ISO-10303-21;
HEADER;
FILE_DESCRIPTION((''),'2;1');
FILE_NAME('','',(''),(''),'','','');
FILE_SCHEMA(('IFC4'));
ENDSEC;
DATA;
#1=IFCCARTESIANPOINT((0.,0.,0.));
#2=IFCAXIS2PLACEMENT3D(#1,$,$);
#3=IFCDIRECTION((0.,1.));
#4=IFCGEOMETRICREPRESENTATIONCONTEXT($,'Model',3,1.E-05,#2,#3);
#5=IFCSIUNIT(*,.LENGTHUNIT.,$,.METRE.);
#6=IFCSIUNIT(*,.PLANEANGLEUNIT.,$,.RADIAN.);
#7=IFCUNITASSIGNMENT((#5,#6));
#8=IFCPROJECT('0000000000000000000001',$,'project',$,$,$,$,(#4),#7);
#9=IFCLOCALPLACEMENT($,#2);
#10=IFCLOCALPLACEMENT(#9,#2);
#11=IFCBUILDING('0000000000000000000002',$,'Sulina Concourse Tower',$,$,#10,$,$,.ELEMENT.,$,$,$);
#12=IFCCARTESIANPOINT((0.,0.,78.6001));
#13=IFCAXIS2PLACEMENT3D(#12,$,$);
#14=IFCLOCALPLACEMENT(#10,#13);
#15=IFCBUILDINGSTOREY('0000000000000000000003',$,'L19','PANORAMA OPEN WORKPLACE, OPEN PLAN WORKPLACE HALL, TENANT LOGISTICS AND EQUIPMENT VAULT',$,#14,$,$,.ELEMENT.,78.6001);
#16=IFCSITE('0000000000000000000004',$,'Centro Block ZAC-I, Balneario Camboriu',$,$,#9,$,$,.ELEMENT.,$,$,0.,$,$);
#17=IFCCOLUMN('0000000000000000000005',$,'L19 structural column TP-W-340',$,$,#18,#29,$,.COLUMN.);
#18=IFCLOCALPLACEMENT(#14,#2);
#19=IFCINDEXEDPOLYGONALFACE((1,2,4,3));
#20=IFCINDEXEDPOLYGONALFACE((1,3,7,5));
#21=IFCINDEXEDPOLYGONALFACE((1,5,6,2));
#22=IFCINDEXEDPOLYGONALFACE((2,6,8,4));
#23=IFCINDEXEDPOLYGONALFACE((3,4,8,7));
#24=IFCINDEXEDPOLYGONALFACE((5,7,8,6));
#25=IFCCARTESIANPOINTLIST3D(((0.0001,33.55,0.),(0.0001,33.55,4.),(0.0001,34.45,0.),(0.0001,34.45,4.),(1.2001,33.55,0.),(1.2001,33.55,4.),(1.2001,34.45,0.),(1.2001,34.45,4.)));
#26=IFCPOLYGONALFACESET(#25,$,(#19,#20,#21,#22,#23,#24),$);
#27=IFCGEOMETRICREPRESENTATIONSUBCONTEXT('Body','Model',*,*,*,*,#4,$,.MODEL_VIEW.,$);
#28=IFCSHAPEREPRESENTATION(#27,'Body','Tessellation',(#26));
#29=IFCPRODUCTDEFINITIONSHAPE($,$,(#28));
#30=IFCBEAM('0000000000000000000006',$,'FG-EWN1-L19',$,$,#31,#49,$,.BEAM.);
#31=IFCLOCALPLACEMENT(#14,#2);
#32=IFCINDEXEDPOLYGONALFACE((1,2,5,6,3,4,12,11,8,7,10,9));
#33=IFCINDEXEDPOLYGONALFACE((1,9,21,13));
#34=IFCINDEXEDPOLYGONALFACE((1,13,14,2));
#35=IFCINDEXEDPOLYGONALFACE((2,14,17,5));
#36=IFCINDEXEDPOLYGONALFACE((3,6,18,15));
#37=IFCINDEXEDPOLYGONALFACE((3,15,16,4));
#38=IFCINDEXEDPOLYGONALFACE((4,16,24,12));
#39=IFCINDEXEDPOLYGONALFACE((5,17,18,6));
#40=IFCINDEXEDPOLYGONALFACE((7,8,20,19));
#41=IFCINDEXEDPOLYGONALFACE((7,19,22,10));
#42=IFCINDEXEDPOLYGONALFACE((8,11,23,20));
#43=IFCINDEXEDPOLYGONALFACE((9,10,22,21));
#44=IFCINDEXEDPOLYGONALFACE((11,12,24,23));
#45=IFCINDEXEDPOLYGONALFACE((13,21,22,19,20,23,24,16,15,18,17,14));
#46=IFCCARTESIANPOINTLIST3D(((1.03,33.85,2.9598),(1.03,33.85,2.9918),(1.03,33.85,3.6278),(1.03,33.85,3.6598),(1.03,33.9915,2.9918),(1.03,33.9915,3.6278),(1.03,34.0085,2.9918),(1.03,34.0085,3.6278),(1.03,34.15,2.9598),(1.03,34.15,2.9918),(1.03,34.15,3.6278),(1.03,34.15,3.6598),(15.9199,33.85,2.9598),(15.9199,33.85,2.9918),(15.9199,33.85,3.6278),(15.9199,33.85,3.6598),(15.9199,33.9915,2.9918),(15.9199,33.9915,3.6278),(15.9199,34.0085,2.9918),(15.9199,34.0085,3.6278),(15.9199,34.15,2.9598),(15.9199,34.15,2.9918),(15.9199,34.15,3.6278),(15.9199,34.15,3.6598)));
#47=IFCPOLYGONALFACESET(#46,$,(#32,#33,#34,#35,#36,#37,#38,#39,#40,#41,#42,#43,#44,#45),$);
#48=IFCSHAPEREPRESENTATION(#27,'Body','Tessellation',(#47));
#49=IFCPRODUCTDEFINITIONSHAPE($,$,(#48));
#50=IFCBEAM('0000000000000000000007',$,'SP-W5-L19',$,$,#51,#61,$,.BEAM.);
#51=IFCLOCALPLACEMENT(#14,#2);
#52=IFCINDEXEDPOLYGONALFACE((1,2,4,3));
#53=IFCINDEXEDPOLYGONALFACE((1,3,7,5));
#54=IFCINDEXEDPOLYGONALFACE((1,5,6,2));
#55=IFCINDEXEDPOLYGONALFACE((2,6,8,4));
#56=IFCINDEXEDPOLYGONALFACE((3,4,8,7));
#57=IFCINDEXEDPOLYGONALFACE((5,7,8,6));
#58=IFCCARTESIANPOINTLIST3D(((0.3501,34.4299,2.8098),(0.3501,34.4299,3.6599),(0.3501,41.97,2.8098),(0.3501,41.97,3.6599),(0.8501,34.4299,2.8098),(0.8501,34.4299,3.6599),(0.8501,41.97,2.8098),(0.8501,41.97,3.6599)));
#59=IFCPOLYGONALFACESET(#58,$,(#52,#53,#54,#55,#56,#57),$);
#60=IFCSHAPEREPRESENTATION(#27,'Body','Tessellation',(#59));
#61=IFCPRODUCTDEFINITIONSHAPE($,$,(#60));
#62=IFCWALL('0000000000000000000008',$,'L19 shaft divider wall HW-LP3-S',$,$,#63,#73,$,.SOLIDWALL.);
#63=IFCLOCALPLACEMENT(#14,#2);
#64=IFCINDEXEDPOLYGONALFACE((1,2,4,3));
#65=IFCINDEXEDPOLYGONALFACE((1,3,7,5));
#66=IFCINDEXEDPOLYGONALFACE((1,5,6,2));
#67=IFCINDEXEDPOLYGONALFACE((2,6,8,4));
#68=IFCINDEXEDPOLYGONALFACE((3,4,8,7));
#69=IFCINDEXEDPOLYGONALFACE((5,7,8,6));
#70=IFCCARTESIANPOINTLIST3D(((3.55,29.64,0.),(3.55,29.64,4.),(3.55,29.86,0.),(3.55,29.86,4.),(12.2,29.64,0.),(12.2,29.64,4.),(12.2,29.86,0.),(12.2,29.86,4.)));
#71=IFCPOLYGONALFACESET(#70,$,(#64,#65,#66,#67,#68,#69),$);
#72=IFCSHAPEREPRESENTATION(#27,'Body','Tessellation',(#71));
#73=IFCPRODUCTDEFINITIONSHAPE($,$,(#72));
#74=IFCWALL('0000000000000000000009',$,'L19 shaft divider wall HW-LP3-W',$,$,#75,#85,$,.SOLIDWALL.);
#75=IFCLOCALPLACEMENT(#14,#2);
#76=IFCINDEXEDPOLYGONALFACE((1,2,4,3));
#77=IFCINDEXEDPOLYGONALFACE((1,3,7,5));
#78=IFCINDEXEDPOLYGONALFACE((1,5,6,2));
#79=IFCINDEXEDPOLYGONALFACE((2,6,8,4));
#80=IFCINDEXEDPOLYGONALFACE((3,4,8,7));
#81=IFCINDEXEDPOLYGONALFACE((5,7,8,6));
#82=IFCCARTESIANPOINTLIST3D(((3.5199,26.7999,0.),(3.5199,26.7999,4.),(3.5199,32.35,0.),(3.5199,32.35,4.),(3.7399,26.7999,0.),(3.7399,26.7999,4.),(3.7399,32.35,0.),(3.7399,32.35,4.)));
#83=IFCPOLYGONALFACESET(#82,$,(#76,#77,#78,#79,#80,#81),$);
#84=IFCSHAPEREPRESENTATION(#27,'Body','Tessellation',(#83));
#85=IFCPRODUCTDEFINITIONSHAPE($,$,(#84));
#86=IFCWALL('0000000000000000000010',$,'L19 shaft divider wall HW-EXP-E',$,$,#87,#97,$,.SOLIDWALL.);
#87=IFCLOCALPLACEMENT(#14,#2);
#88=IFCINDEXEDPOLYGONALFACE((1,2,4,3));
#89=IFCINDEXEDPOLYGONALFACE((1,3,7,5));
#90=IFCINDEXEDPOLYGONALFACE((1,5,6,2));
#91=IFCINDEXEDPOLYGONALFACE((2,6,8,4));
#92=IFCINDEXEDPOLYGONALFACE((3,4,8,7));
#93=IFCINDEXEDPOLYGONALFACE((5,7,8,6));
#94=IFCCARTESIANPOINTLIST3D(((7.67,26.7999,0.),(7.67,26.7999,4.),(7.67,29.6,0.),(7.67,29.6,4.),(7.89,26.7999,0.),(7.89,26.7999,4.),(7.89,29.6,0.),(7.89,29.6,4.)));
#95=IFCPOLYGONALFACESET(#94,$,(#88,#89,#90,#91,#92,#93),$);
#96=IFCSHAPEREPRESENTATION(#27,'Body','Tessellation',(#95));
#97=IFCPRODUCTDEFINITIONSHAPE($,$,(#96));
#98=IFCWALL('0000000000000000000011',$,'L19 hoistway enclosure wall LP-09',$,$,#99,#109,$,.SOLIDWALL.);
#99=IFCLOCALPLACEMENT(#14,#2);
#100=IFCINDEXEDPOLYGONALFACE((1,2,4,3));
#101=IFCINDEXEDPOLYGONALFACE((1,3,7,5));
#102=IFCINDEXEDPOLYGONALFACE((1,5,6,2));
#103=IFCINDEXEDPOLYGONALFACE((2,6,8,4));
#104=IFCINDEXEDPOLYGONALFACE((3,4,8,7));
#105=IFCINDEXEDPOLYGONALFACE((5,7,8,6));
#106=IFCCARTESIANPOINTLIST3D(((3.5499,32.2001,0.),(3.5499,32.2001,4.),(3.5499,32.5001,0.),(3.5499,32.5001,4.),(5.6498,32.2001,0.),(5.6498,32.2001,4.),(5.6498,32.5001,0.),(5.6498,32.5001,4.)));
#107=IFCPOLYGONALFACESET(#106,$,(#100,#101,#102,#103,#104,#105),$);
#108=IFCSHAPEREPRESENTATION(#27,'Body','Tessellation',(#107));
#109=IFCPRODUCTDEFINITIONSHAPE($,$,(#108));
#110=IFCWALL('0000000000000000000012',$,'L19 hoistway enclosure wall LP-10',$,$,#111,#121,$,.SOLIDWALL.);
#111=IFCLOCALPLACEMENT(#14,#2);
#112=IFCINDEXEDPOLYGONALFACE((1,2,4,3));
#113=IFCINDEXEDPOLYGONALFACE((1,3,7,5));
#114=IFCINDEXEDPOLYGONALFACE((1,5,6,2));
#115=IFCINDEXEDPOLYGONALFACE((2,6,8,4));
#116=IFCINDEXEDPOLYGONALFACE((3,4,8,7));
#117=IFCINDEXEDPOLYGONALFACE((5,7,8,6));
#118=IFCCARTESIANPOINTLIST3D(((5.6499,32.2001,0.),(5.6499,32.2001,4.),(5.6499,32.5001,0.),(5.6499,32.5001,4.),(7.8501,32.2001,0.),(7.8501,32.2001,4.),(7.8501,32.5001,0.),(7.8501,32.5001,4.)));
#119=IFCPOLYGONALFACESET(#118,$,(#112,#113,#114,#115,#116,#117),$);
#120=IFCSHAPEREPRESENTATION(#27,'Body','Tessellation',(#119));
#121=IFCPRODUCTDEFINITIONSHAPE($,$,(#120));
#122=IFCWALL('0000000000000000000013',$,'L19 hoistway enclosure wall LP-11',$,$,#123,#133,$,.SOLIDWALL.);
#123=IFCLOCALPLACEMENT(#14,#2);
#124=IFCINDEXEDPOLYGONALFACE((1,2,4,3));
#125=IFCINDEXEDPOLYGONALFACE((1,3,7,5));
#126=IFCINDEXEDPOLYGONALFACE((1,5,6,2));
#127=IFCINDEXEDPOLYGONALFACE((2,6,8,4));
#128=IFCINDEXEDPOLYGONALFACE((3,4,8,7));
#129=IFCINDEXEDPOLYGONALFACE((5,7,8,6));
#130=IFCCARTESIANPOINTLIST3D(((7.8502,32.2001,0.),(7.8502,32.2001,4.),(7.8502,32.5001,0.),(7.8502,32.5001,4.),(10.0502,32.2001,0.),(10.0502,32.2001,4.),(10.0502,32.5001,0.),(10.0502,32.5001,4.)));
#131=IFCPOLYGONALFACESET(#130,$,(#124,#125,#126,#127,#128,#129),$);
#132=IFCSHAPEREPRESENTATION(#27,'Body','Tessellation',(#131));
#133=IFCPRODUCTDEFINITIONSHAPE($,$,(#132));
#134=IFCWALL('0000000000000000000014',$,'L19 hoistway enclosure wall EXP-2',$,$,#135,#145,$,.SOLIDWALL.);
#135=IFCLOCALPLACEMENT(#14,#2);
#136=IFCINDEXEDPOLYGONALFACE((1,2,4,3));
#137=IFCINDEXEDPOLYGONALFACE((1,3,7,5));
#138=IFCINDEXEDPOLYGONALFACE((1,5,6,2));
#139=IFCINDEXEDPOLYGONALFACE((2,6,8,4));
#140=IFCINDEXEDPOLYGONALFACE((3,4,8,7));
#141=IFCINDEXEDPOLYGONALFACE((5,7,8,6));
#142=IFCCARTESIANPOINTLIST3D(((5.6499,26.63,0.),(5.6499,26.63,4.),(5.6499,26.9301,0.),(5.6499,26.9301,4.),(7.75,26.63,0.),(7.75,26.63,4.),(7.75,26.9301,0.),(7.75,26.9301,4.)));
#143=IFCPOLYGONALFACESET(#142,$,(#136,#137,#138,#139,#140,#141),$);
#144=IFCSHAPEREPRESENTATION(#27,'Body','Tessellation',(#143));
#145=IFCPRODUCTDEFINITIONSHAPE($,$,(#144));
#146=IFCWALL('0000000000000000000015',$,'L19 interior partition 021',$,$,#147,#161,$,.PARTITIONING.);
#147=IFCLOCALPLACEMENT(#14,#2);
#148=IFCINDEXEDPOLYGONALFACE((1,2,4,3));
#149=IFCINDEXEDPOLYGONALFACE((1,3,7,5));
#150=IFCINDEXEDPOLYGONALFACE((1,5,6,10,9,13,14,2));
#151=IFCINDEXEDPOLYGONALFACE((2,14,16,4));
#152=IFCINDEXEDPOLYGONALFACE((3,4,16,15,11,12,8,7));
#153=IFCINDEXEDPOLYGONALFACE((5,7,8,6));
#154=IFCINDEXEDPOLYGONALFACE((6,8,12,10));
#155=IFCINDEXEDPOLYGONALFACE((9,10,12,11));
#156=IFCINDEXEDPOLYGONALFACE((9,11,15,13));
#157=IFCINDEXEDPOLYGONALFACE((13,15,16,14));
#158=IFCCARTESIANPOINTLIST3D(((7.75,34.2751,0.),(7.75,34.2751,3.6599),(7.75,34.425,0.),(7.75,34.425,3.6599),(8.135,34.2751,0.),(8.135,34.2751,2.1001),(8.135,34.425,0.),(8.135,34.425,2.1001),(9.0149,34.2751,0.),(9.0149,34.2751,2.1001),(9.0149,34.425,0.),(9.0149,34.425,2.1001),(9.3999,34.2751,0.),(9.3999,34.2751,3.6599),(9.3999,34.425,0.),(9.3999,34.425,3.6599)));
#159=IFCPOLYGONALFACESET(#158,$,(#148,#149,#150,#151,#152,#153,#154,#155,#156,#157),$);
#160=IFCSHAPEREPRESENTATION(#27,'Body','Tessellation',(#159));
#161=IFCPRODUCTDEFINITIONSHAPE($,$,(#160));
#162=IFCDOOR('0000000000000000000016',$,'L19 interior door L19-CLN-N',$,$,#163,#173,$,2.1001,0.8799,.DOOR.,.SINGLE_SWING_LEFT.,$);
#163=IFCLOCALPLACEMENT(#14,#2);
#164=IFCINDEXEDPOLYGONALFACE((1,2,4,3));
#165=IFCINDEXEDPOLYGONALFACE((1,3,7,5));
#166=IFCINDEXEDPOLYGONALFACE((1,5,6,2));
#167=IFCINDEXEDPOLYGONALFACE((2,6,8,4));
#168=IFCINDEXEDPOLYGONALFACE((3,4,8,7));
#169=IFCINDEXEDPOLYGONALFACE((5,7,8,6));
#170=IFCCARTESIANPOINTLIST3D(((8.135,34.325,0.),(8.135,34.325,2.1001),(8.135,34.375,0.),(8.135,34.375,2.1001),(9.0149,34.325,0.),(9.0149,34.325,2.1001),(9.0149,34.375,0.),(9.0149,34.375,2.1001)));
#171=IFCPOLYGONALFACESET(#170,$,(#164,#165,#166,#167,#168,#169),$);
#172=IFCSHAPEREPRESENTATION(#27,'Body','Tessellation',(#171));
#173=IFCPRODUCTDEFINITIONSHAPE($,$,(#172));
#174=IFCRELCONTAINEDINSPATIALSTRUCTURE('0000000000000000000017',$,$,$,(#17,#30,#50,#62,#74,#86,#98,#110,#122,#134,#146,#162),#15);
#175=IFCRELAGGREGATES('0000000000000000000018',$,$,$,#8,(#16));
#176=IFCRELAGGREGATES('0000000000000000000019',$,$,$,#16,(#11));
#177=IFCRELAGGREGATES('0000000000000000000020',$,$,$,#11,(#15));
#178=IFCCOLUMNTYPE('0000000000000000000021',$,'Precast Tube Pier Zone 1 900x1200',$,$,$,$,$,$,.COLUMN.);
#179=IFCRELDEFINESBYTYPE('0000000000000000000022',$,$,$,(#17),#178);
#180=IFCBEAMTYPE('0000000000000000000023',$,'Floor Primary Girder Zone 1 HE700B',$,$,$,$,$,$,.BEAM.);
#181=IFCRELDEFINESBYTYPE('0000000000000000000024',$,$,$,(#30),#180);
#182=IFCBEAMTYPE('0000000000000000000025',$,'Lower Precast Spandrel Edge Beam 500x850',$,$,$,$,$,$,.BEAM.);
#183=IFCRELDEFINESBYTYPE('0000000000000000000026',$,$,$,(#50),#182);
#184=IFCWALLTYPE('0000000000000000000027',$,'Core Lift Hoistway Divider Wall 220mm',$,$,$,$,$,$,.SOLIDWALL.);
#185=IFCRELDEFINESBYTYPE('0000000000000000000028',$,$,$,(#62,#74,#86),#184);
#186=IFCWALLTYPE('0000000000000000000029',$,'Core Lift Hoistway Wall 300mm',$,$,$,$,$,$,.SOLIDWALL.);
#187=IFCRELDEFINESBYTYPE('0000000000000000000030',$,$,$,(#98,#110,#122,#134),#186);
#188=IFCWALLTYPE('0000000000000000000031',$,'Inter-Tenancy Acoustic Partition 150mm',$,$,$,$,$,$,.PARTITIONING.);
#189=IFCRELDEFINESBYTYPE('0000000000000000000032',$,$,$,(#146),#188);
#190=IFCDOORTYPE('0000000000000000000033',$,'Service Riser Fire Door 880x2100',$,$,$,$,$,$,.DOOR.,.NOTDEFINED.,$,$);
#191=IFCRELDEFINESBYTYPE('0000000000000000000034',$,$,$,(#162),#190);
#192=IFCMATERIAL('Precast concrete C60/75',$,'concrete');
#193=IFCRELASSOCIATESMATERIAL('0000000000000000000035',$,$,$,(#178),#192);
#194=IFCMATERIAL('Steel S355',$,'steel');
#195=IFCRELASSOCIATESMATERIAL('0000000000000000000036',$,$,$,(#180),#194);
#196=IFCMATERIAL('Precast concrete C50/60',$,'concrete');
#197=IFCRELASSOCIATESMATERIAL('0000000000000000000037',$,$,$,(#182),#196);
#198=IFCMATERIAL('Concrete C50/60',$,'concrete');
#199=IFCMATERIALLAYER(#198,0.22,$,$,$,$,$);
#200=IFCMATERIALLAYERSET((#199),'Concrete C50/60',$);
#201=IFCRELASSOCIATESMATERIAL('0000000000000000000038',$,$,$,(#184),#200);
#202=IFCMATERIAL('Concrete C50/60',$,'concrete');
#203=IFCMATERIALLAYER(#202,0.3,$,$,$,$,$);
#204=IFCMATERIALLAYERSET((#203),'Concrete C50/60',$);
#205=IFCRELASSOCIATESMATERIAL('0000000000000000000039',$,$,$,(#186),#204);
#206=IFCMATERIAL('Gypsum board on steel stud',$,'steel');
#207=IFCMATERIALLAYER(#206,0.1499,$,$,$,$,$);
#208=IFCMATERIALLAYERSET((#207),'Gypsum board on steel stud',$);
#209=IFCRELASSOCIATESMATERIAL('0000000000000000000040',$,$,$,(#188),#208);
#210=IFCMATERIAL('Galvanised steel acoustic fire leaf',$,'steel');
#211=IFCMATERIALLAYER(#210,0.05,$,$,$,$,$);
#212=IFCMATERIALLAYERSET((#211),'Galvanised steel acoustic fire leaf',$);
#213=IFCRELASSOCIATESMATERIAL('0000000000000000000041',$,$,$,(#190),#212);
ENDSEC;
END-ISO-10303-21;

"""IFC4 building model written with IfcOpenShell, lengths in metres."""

from ifc_helpers import new_model, si_unit, direction, frame, frame_2d, origin, origin_2d, place, context, subcontext, project, spatial, rectangle, i_section, extrude, material, layer, layer_set, material_profile, profile_set, type_object, element, fill, save


model = new_model("IFC4")

# Units and contexts
model_context = context("Model", 3, precision=1e-05, world=origin(), true_north=direction((0.0, 1.0)))
body_context = subcontext(model_context, "Body", "Model", "MODEL_VIEW")
ifc_project = project(units=[si_unit("LENGTHUNIT", "METRE"), si_unit("PLANEANGLEUNIT", "RADIAN")], contexts=[model_context])

# Site, building, storey
site_placement = place(None, origin())
site = spatial("IfcSite", under=ifc_project, at=site_placement, Name="Centro Block ZAC-I, Balneario Camboriu", CompositionType="ELEMENT", RefElevation=0.0)
building_placement = place(site_placement, origin())
building = spatial("IfcBuilding", under=site, at=building_placement, Name="Sulina Concourse Tower", CompositionType="ELEMENT")
storey_placement = place(building_placement, frame((0.0, 0.0, 78.6001)))
storey = spatial("IfcBuildingStorey", under=building, at=storey_placement, Name="L19", Description="PANORAMA OPEN WORKPLACE, OPEN PLAN WORKPLACE HALL, TENANT LOGISTICS AND EQUIPMENT VAULT", CompositionType="ELEMENT", Elevation=78.6001)

# Column
ifc_material_1 = material(Name="Precast concrete C60/75", Category="concrete")
ifc_material_profile_1 = material_profile(ifc_material_1, rectangle(XDim=0.8999, YDim=1.2, at=origin_2d()), Name="PC 900x1200")
ifc_profile_set_1 = profile_set([ifc_material_profile_1], Name="Precast concrete C60/75")
column_type = type_object("IfcColumnType", Name="Precast Tube Pier Zone 1 900x1200", PredefinedType="COLUMN", material=ifc_profile_set_1)
column_placement = place(storey_placement, frame((0.6001, 34.0, 0.0), z_axis=(0.0, 0.0, 1.0), x_axis=(0.0, 1.0, 0.0)))
element("IfcColumn", 1, at=column_placement, inside=storey, type_object=column_type, Name="L19 structural column TP-W-340", PredefinedType="COLUMN", context=body_context, shape_type="SweptSolid", body=[
    extrude(rectangle(XDim=0.8999, YDim=1.2, at=origin_2d()), origin(), (0.0, 0.0, 1.0), 4.0),
])

# Beams
ifc_material_2 = material(Name="Steel S355", Category="steel")
ifc_material_profile_2 = material_profile(ifc_material_2, i_section(OverallWidth=0.3, OverallDepth=0.7, WebThickness=0.0171, FlangeThickness=0.032, at=origin_2d()), Name="HE 700 B")
ifc_profile_set_2 = profile_set([ifc_material_profile_2], Name="Steel S355")
beam_type_1 = type_object("IfcBeamType", Name="Floor Primary Girder Zone 1 HE700B", PredefinedType="BEAM", material=ifc_profile_set_2)
beam_1_placement = place(storey_placement, frame((1.03, 34.0, 3.3098), z_axis=(1.0, 0.0, 0.0), x_axis=(0.0, 1.0, 0.0)))
element("IfcBeam", 2, at=beam_1_placement, inside=storey, type_object=beam_type_1, Name="FG-EWN1-L19", PredefinedType="BEAM", context=body_context, shape_type="SweptSolid", body=[
    extrude(i_section(OverallWidth=0.3, OverallDepth=0.7, WebThickness=0.0171, FlangeThickness=0.032, at=origin_2d()), origin(), (0.0, 0.0, 1.0), 14.8899),
])
ifc_material_3 = material(Name="Precast concrete C50/60", Category="concrete")
ifc_material_profile_3 = material_profile(ifc_material_3, rectangle(XDim=0.5, YDim=0.8501, at=origin_2d()), Name="RC 500x850")
ifc_profile_set_3 = profile_set([ifc_material_profile_3], Name="Precast concrete C50/60")
beam_type_2 = type_object("IfcBeamType", Name="Lower Precast Spandrel Edge Beam 500x850", PredefinedType="BEAM", material=ifc_profile_set_3)
beam_2_placement = place(storey_placement, frame((0.6001, 34.4299, 3.2349), z_axis=(0.0, 1.0, 0.0), x_axis=(-1.0, 0.0, 0.0)))
element("IfcBeam", 3, at=beam_2_placement, inside=storey, type_object=beam_type_2, Name="SP-W5-L19", PredefinedType="BEAM", context=body_context, shape_type="SweptSolid", body=[
    extrude(rectangle(XDim=0.5, YDim=0.8501, at=origin_2d()), origin(), (0.0, 0.0, 1.0), 7.54),
])

# Walls
ifc_material_4 = material(Name="Concrete C50/60", Category="concrete")
ifc_layer_1 = layer(ifc_material_4, 0.22)
ifc_layer_set_1 = layer_set([ifc_layer_1], Name="Concrete C50/60")
wall_type_1 = type_object("IfcWallType", Name="Core Lift Hoistway Divider Wall 220mm", PredefinedType="SOLIDWALL", material=ifc_layer_set_1)
wall_1_placement = place(storey_placement, frame((3.55, 29.75, 0.0), z_axis=(0.0, 0.0, 1.0), x_axis=(1.0, 0.0, 0.0)))
element("IfcWall", 4, at=wall_1_placement, inside=storey, type_object=wall_type_1, Name="L19 shaft divider wall HW-LP3-S", PredefinedType="SOLIDWALL", context=body_context, shape_type="SweptSolid", body=[
    extrude(rectangle(XDim=8.6499, YDim=0.22, at=frame_2d((4.325, 0.0))), origin(), (0.0, 0.0, 1.0), 4.0),
])
wall_2_placement = place(storey_placement, frame((3.6299, 26.8, 0.0), z_axis=(0.0, 0.0, 1.0), x_axis=(0.0, 1.0, 0.0)))
element("IfcWall", 5, at=wall_2_placement, inside=storey, type_object=wall_type_1, Name="L19 shaft divider wall HW-LP3-W", PredefinedType="SOLIDWALL", context=body_context, shape_type="SweptSolid", body=[
    extrude(rectangle(XDim=5.55, YDim=0.22, at=frame_2d((2.7749, 0.0))), origin(), (0.0, 0.0, 1.0), 4.0),
])
wall_3_placement = place(storey_placement, frame((7.78, 26.8, 0.0), z_axis=(0.0, 0.0, 1.0), x_axis=(0.0, 1.0, 0.0)))
element("IfcWall", 6, at=wall_3_placement, inside=storey, type_object=wall_type_1, Name="L19 shaft divider wall HW-EXP-E", PredefinedType="SOLIDWALL", context=body_context, shape_type="SweptSolid", body=[
    extrude(rectangle(XDim=2.8, YDim=0.22, at=frame_2d((1.3999, 0.0))), origin(), (0.0, 0.0, 1.0), 4.0),
])
ifc_material_5 = material(Name="Concrete C50/60", Category="concrete")
ifc_layer_2 = layer(ifc_material_5, 0.3)
ifc_layer_set_2 = layer_set([ifc_layer_2], Name="Concrete C50/60")
wall_type_2 = type_object("IfcWallType", Name="Core Lift Hoistway Wall 300mm", PredefinedType="SOLIDWALL", material=ifc_layer_set_2)
wall_4_placement = place(storey_placement, frame((3.55, 32.3501, 0.0), z_axis=(0.0, 0.0, 1.0), x_axis=(1.0, 0.0, 0.0)))
element("IfcWall", 7, at=wall_4_placement, inside=storey, type_object=wall_type_2, Name="L19 hoistway enclosure wall LP-09", PredefinedType="SOLIDWALL", context=body_context, shape_type="SweptSolid", body=[
    extrude(rectangle(XDim=2.0999, YDim=0.3, at=frame_2d((1.0498, 0.0))), origin(), (0.0, 0.0, 1.0), 4.0),
])
wall_5_placement = place(storey_placement, frame((5.6499, 32.3501, 0.0), z_axis=(0.0, 0.0, 1.0), x_axis=(1.0, 0.0, 0.0)))
element("IfcWall", 8, at=wall_5_placement, inside=storey, type_object=wall_type_2, Name="L19 hoistway enclosure wall LP-10", PredefinedType="SOLIDWALL", context=body_context, shape_type="SweptSolid", body=[
    extrude(rectangle(XDim=2.2002, YDim=0.3, at=frame_2d((1.1001, 0.0))), origin(), (0.0, 0.0, 1.0), 4.0),
])
wall_6_placement = place(storey_placement, frame((7.8501, 32.3501, 0.0), z_axis=(0.0, 0.0, 1.0), x_axis=(1.0, 0.0, 0.0)))
element("IfcWall", 9, at=wall_6_placement, inside=storey, type_object=wall_type_2, Name="L19 hoistway enclosure wall LP-11", PredefinedType="SOLIDWALL", context=body_context, shape_type="SweptSolid", body=[
    extrude(rectangle(XDim=2.2, YDim=0.3, at=frame_2d((1.1001, 0.0))), origin(), (0.0, 0.0, 1.0), 4.0),
])
wall_7_placement = place(storey_placement, frame((7.75, 26.78, 0.0), z_axis=(0.0, 0.0, 1.0), x_axis=(-1.0, 0.0, 0.0)))
element("IfcWall", 10, at=wall_7_placement, inside=storey, type_object=wall_type_2, Name="L19 hoistway enclosure wall EXP-2", PredefinedType="SOLIDWALL", context=body_context, shape_type="SweptSolid", body=[
    extrude(rectangle(XDim=2.1001, YDim=0.3, at=frame_2d((1.05, 0.0))), origin(), (0.0, 0.0, 1.0), 4.0),
])

# Wall, opening, door
ifc_material_6 = material(Name="Gypsum board on steel stud", Category="steel")
ifc_layer_3 = layer(ifc_material_6, 0.1499)
ifc_layer_set_3 = layer_set([ifc_layer_3], Name="Gypsum board on steel stud")
wall_type_3 = type_object("IfcWallType", Name="Inter-Tenancy Acoustic Partition 150mm", PredefinedType="PARTITIONING", material=ifc_layer_set_3)
wall_8_placement = place(storey_placement, frame((7.75, 34.3501, 0.0), z_axis=(0.0, 0.0, 1.0), x_axis=(1.0, 0.0, 0.0)))
wall_8 = element("IfcWall", 11, at=wall_8_placement, inside=storey, type_object=wall_type_3, Name="L19 interior partition 021", PredefinedType="PARTITIONING", context=body_context, shape_type="SweptSolid", body=[
    extrude(rectangle(XDim=1.6499, YDim=0.1499, at=frame_2d((0.825, 0.0))), origin(), (0.0, 0.0, 1.0), 3.6599),
])
opening_1_placement = place(wall_8_placement, frame((0.385, 0.0, 0.0)))
opening_1 = element("IfcOpeningElement", 12, at=opening_1_placement, cuts=wall_8, PredefinedType="OPENING", context=body_context, shape_type="SweptSolid", body=[
    extrude(rectangle(XDim=0.8799, YDim=2.1001, at=frame_2d((0.4399, 1.05))), frame((0.0, 0.085, 0.0), z_axis=(0.0, -1.0, 0.0), x_axis=(1.0, 0.0, 0.0)), (0.0, 0.0, 1.0), 0.1699),
])
ifc_material_7 = material(Name="Galvanised steel acoustic fire leaf", Category="steel")
ifc_layer_4 = layer(ifc_material_7, 0.05)
ifc_layer_set_4 = layer_set([ifc_layer_4], Name="Galvanised steel acoustic fire leaf")
door_type_1 = type_object("IfcDoorType", Name="Service Riser Fire Door 880x2100", OperationType="NOTDEFINED", PredefinedType="DOOR", material=ifc_layer_set_4)
door_1_placement = place(opening_1_placement, origin())
door_1 = element("IfcDoor", 13, at=door_1_placement, inside=storey, type_object=door_type_1, Name="L19 interior door L19-CLN-N", OperationType="SINGLE_SWING_LEFT", OverallHeight=2.1001, OverallWidth=0.8799, PredefinedType="DOOR", context=body_context, shape_type="SweptSolid", body=[
    extrude(rectangle(XDim=0.8799, YDim=2.1001, at=frame_2d((0.4399, 1.05))), frame((0.0, 0.0249, 0.0), z_axis=(0.0, -1.0, 0.0), x_axis=(1.0, 0.0, 0.0)), (0.0, 0.0, 1.0), 0.05),
])
fill(opening_1, door_1)

save(model, "model.ifc")
